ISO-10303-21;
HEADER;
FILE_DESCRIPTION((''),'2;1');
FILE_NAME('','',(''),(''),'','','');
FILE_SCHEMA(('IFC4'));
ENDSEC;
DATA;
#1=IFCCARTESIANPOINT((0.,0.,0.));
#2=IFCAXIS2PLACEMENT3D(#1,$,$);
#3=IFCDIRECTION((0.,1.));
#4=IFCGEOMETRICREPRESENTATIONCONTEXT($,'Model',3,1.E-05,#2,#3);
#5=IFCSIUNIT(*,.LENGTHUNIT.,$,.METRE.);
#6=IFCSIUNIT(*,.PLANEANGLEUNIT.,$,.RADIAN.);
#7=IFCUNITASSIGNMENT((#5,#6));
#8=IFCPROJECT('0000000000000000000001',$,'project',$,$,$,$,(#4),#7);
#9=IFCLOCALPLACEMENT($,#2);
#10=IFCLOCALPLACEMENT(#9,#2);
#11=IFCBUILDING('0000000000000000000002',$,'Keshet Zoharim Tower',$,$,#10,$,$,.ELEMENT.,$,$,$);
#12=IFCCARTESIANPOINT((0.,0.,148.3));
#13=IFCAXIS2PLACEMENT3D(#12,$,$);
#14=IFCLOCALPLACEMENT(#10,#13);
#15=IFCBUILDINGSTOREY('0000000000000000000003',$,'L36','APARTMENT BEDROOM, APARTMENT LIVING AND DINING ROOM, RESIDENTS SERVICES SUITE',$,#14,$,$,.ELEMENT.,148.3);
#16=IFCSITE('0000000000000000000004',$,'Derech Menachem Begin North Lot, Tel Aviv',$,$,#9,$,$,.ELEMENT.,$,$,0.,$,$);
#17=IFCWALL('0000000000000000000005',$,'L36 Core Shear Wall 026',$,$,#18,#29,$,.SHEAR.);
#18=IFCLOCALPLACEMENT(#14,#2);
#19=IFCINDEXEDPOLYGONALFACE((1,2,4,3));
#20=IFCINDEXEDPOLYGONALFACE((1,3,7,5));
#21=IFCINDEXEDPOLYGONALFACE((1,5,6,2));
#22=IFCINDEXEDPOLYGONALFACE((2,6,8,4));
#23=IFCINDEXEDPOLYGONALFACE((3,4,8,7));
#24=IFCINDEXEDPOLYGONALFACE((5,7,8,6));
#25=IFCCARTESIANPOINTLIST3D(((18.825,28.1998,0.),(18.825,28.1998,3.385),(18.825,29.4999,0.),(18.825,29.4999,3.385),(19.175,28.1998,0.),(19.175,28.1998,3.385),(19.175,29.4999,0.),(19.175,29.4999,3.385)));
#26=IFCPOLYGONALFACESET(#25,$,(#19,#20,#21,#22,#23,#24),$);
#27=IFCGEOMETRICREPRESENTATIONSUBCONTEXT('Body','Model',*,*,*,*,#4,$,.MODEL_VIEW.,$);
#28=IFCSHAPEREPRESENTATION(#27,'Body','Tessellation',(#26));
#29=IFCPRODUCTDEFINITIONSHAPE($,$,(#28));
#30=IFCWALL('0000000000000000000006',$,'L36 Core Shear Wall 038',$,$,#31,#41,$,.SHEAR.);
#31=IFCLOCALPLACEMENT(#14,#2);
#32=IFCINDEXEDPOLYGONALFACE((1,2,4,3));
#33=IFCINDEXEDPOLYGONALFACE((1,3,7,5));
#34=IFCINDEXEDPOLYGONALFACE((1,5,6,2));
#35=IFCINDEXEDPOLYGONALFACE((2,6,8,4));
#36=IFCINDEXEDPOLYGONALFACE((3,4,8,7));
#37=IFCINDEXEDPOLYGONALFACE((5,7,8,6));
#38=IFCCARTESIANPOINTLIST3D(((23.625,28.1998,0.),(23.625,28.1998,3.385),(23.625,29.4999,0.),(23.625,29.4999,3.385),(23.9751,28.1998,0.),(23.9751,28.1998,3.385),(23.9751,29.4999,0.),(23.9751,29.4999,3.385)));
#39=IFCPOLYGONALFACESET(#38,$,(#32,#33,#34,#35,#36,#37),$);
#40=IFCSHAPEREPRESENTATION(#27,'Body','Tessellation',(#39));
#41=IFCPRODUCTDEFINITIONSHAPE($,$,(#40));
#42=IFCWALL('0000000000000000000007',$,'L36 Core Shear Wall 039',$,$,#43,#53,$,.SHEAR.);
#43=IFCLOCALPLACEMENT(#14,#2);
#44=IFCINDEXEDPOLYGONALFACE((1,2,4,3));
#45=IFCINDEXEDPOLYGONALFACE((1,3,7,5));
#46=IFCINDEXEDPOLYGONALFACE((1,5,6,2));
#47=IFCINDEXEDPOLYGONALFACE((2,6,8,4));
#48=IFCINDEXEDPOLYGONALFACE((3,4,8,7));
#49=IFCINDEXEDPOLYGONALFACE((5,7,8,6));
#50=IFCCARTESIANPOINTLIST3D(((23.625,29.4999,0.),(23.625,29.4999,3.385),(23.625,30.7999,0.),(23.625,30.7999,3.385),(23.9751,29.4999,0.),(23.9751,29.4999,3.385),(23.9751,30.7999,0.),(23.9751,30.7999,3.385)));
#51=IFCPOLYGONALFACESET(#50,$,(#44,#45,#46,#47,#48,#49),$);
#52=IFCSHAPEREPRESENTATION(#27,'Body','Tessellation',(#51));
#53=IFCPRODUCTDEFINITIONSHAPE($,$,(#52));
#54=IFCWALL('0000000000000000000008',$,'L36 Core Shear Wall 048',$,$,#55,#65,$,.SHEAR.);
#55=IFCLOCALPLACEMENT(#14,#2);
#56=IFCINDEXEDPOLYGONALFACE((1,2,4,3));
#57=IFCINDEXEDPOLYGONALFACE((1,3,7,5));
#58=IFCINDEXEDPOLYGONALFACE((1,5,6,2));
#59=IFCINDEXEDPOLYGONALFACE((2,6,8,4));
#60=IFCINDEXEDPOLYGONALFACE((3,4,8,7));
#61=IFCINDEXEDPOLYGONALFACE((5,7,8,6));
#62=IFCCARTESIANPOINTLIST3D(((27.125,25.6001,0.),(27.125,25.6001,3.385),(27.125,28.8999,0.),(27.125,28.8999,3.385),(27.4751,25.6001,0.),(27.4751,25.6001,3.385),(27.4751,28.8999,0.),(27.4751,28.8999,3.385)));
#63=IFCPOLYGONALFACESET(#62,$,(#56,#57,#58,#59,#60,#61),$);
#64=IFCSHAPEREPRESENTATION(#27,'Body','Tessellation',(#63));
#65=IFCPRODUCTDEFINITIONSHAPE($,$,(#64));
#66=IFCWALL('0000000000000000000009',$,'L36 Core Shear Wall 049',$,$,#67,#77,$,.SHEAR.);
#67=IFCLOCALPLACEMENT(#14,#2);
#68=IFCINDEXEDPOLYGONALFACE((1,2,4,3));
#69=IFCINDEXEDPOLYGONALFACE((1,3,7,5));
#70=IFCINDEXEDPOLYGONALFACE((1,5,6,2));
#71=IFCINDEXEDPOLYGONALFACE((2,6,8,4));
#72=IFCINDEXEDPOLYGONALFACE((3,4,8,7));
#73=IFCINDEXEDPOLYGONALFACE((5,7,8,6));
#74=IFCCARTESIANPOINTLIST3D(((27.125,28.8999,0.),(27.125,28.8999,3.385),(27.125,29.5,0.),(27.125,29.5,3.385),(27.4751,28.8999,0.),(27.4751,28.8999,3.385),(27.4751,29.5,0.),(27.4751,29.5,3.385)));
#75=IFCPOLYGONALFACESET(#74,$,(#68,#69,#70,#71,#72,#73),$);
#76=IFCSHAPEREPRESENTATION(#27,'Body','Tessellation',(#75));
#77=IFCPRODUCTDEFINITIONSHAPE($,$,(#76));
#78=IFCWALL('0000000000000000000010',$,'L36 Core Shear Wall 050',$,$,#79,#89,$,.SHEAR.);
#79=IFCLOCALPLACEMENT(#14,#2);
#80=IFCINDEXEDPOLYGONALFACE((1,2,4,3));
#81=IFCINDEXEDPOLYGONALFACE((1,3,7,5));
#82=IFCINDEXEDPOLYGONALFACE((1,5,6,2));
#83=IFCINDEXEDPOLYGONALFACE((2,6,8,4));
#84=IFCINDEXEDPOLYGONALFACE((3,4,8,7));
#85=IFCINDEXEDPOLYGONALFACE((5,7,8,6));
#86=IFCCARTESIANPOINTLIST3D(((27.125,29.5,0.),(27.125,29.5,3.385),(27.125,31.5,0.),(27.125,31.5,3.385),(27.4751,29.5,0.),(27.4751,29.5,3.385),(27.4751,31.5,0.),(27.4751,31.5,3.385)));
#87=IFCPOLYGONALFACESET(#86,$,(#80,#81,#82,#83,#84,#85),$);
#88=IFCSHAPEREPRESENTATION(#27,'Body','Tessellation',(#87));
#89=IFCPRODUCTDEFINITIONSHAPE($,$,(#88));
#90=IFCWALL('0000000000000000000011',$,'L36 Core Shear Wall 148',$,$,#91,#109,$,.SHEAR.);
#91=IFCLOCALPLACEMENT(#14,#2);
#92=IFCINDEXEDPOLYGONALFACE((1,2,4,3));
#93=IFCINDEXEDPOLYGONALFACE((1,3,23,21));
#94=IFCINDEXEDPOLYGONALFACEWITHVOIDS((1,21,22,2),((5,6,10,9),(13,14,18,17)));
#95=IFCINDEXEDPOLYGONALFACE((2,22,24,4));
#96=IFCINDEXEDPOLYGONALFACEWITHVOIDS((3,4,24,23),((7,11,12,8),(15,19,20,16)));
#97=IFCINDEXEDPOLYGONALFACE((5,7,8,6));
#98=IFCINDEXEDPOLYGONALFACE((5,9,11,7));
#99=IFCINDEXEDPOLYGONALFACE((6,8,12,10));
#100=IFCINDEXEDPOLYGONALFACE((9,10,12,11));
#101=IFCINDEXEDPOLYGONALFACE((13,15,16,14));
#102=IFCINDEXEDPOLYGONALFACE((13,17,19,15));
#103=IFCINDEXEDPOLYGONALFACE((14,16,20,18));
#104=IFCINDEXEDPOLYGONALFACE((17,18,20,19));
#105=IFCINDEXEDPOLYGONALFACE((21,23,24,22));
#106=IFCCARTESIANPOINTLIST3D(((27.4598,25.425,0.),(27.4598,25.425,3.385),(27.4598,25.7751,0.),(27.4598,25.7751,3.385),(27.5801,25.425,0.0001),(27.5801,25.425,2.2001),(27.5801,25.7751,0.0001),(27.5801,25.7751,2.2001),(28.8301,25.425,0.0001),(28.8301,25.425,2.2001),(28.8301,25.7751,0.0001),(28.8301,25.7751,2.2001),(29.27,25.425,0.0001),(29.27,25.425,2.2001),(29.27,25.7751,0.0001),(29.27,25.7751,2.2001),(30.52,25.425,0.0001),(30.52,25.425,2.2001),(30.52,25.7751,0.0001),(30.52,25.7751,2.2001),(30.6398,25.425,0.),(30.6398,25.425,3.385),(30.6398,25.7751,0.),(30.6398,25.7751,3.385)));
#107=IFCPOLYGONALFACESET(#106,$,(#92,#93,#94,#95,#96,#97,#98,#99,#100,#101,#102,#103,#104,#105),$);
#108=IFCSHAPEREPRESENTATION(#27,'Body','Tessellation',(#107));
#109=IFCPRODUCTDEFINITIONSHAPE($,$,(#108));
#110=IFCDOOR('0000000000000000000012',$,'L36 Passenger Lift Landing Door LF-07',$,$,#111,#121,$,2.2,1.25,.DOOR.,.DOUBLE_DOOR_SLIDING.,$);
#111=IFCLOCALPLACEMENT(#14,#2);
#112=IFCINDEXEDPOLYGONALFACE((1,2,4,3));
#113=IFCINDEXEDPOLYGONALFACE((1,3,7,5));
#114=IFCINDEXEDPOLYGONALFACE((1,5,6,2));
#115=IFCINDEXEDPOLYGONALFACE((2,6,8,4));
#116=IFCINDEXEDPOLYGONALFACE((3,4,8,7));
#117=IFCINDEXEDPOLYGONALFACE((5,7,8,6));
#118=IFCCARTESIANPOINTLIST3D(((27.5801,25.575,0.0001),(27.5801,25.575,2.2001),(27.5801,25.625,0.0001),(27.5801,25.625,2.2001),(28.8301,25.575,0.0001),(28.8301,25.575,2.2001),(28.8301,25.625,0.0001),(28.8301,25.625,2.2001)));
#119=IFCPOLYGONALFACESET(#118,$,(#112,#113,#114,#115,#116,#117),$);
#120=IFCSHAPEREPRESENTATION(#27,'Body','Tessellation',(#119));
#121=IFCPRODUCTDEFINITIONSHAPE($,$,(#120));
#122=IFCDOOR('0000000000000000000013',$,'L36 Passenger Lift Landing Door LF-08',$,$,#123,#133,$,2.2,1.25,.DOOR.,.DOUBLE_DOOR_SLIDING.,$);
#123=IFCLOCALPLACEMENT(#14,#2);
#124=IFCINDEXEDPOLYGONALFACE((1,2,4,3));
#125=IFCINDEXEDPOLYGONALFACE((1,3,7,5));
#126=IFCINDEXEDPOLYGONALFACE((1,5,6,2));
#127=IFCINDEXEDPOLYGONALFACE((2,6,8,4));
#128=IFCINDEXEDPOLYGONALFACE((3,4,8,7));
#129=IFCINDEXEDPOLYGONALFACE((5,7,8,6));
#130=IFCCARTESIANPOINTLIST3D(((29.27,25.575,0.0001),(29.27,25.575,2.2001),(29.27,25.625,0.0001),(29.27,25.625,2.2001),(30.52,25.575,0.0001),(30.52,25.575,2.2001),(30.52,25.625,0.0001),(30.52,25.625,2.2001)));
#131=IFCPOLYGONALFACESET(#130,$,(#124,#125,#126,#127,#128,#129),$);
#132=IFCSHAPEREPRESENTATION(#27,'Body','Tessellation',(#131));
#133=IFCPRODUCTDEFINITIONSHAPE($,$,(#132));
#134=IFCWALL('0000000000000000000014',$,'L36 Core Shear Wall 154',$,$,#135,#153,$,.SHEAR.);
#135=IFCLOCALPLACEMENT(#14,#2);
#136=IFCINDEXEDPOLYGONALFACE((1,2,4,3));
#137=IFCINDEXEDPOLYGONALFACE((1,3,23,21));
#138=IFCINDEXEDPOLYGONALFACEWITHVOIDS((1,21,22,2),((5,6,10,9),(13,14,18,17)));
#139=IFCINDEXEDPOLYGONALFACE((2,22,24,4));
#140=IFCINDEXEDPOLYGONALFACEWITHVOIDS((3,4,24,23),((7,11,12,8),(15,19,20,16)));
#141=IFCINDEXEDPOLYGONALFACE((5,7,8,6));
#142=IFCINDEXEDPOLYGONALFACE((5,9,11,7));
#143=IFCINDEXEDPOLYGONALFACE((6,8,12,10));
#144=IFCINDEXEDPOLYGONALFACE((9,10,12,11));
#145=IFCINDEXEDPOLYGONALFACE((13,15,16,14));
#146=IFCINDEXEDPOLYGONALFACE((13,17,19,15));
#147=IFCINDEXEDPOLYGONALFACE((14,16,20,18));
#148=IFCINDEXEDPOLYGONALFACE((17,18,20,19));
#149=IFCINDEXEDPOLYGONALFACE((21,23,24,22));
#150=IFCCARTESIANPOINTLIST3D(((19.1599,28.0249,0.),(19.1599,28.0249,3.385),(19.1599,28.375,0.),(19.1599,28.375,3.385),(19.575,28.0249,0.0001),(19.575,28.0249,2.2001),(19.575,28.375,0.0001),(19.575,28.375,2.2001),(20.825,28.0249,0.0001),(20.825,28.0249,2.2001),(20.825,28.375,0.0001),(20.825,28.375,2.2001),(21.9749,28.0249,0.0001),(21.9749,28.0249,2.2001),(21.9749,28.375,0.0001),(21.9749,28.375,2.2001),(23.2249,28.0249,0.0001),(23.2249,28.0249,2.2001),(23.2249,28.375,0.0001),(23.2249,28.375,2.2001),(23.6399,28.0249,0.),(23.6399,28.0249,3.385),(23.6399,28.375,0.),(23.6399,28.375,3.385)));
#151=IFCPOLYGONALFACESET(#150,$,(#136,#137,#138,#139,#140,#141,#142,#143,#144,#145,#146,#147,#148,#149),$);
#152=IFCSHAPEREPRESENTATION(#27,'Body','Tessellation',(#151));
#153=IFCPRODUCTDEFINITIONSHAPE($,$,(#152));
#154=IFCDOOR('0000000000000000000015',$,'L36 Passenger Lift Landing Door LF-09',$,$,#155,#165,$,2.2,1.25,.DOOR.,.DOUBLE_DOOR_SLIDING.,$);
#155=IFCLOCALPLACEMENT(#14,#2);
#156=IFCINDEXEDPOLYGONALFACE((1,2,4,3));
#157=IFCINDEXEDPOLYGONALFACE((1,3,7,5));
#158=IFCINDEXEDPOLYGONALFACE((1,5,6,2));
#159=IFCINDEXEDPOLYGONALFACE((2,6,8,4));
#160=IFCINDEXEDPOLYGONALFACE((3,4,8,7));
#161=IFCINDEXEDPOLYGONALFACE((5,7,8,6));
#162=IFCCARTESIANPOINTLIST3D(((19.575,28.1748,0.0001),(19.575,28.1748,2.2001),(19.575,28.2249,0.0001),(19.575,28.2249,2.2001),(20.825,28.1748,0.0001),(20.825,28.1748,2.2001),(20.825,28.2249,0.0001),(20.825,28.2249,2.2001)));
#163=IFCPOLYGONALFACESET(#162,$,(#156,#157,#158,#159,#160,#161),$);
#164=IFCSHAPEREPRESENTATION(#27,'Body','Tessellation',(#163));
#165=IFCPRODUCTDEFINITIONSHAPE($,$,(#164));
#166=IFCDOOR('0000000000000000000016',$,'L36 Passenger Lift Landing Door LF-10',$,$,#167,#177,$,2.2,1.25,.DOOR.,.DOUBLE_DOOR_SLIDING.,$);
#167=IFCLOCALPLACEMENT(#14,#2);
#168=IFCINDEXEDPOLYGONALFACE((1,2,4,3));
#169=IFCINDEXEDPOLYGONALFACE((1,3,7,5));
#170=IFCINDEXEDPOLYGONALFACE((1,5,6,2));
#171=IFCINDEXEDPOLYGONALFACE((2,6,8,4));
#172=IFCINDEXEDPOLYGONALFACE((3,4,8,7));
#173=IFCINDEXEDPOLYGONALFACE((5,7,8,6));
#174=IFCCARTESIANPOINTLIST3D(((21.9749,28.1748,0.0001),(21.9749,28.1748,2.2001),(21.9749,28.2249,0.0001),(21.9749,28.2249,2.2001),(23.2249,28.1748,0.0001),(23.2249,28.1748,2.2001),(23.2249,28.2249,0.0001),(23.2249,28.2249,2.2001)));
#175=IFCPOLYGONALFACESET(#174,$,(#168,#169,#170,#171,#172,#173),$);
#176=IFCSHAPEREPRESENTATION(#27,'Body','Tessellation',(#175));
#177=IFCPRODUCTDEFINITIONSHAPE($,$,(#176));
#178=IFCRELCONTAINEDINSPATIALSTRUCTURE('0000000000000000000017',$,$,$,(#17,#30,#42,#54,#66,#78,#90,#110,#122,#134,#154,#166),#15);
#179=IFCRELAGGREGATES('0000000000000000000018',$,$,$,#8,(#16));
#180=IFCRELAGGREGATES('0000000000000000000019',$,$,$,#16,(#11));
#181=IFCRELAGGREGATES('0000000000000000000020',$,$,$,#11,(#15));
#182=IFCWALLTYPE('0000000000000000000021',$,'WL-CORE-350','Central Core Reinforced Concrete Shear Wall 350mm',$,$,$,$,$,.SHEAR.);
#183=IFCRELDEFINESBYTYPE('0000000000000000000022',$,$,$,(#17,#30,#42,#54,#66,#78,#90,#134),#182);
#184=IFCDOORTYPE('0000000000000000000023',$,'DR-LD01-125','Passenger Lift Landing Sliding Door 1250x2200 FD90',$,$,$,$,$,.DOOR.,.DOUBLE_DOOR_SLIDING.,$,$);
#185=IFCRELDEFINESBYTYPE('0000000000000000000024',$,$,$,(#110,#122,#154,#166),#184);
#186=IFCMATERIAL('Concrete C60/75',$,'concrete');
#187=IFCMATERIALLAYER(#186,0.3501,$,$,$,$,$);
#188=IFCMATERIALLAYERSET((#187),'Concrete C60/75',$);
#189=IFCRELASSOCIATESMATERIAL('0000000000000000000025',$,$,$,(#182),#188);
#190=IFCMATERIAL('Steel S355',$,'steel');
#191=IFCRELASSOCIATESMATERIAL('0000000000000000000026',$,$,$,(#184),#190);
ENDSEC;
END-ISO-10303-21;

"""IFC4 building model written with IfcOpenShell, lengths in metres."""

from ifc_helpers import new_model, si_unit, direction, frame, frame_2d, origin, place, context, subcontext, project, spatial, rectangle, extrude, material, layer, layer_set, type_object, element, fill, save


model = new_model("IFC4")

# Units and contexts
model_context = context("Model", 3, precision=1e-05, world=origin(), true_north=direction((0.0, 1.0)))
body_context = subcontext(model_context, "Body", "Model", "MODEL_VIEW")
ifc_project = project(units=[si_unit("LENGTHUNIT", "METRE"), si_unit("PLANEANGLEUNIT", "RADIAN")], contexts=[model_context])

# Site, building, storey
site_placement = place(None, origin())
site = spatial("IfcSite", under=ifc_project, at=site_placement, Name="Derech Menachem Begin North Lot, Tel Aviv", CompositionType="ELEMENT", RefElevation=0.0)
building_placement = place(site_placement, origin())
building = spatial("IfcBuilding", under=site, at=building_placement, Name="Keshet Zoharim Tower", CompositionType="ELEMENT")
storey_placement = place(building_placement, frame((0.0, 0.0, 148.3)))
storey = spatial("IfcBuildingStorey", under=building, at=storey_placement, Name="L36", Description="APARTMENT BEDROOM, APARTMENT LIVING AND DINING ROOM, RESIDENTS SERVICES SUITE", CompositionType="ELEMENT", Elevation=148.3)

# Wall
ifc_material_1 = material(Name="Concrete C60/75", Category="concrete")
ifc_layer_1 = layer(ifc_material_1, 0.3501)
ifc_layer_set_1 = layer_set([ifc_layer_1], Name="Concrete C60/75")
wall_type_1 = type_object("IfcWallType", Name="WL-CORE-350", Description="Central Core Reinforced Concrete Shear Wall 350mm", PredefinedType="SHEAR", material=ifc_layer_set_1)
wall_1_placement = place(storey_placement, frame((19.0, 28.2, 0.0), z_axis=(0.0, 0.0, 1.0), x_axis=(0.0, 1.0, 0.0)))
element("IfcWall", 1, at=wall_1_placement, inside=storey, type_object=wall_type_1, Name="L36 Core Shear Wall 026", PredefinedType="SHEAR", context=body_context, shape_type="SweptSolid", body=[
    extrude(rectangle(XDim=1.3, YDim=0.3501, at=frame_2d((0.6499, 0.0))), origin(), (0.0, 0.0, 1.0), 3.385),
])

# Walls
for number, where, z_axis, x_axis, name in (
    (2, (23.8, 28.2, 0.0), (0.0, 0.0, 1.0), (0.0, 1.0, 0.0), "L36 Core Shear Wall 038"),
    (3, (23.8, 29.5, 0.0), (0.0, 0.0, 1.0), (0.0, 1.0, 0.0), "L36 Core Shear Wall 039"),
):
    element("IfcWall", number, at=place(storey_placement, frame(where, z_axis=z_axis, x_axis=x_axis)), inside=storey, type_object=wall_type_1, Name=name, PredefinedType="SHEAR", context=body_context, shape_type="SweptSolid", body=[
        extrude(rectangle(XDim=1.3, YDim=0.3501, at=frame_2d((0.6499, 0.0))), origin(), (0.0, 0.0, 1.0), 3.385),
    ])
wall_2_placement = place(storey_placement, frame((27.3, 25.6001, 0.0), z_axis=(0.0, 0.0, 1.0), x_axis=(0.0, 1.0, 0.0)))
element("IfcWall", 4, at=wall_2_placement, inside=storey, type_object=wall_type_1, Name="L36 Core Shear Wall 048", PredefinedType="SHEAR", context=body_context, shape_type="SweptSolid", body=[
    extrude(rectangle(XDim=3.2998, YDim=0.3501, at=frame_2d((1.6499, 0.0))), origin(), (0.0, 0.0, 1.0), 3.385),
])
wall_3_placement = place(storey_placement, frame((27.3, 28.8999, 0.0), z_axis=(0.0, 0.0, 1.0), x_axis=(0.0, 1.0, 0.0)))
element("IfcWall", 5, at=wall_3_placement, inside=storey, type_object=wall_type_1, Name="L36 Core Shear Wall 049", PredefinedType="SHEAR", context=body_context, shape_type="SweptSolid", body=[
    extrude(rectangle(XDim=0.6001, YDim=0.3501, at=frame_2d((0.3, 0.0))), origin(), (0.0, 0.0, 1.0), 3.385),
])
wall_4_placement = place(storey_placement, frame((27.3, 29.5, 0.0), z_axis=(0.0, 0.0, 1.0), x_axis=(0.0, 1.0, 0.0)))
element("IfcWall", 6, at=wall_4_placement, inside=storey, type_object=wall_type_1, Name="L36 Core Shear Wall 050", PredefinedType="SHEAR", context=body_context, shape_type="SweptSolid", body=[
    extrude(rectangle(XDim=2.0, YDim=0.3501, at=frame_2d((1.0, 0.0))), origin(), (0.0, 0.0, 1.0), 3.385),
])

# Walls, openings, doors
wall_5_placement = place(storey_placement, frame((27.46, 25.6001, 0.0), z_axis=(0.0, 0.0, 1.0), x_axis=(1.0, 0.0, 0.0)))
wall_5 = element("IfcWall", 7, at=wall_5_placement, inside=storey, type_object=wall_type_1, Name="L36 Core Shear Wall 148", PredefinedType="SHEAR", context=body_context, shape_type="SweptSolid", body=[
    extrude(rectangle(XDim=3.1799, YDim=0.3501, at=frame_2d((1.5898, 0.0))), origin(), (0.0, 0.0, 1.0), 3.385),
])
opening_1_placement = place(wall_5_placement, frame((0.1201, 0.0, 0.0)))
opening_1 = element("IfcOpeningElement", 8, at=opening_1_placement, cuts=wall_5, PredefinedType="OPENING", context=body_context, shape_type="SweptSolid", body=[
    extrude(rectangle(XDim=1.25, YDim=2.2, at=frame_2d((0.625, 1.1001))), frame((0.0, 0.1851, 0.0), z_axis=(0.0, -1.0, 0.0), x_axis=(1.0, 0.0, 0.0)), (0.0, 0.0, 1.0), 0.3701),
])
opening_2_placement = place(wall_5_placement, frame((1.8101, 0.0, 0.0)))
opening_2 = element("IfcOpeningElement", 9, at=opening_2_placement, cuts=wall_5, PredefinedType="OPENING", context=body_context, shape_type="SweptSolid", body=[
    extrude(rectangle(XDim=1.25, YDim=2.2, at=frame_2d((0.625, 1.1001))), frame((0.0, 0.1851, 0.0), z_axis=(0.0, -1.0, 0.0), x_axis=(1.0, 0.0, 0.0)), (0.0, 0.0, 1.0), 0.3701),
])
ifc_material_2 = material(Name="Steel S355", Category="steel")
door_type_1 = type_object("IfcDoorType", Name="DR-LD01-125", Description="Passenger Lift Landing Sliding Door 1250x2200 FD90", OperationType="DOUBLE_DOOR_SLIDING", PredefinedType="DOOR", material=ifc_material_2)
door_1_placement = place(opening_1_placement, origin())
door_1 = element("IfcDoor", 10, at=door_1_placement, inside=storey, type_object=door_type_1, Name="L36 Passenger Lift Landing Door LF-07", OperationType="DOUBLE_DOOR_SLIDING", OverallHeight=2.2, OverallWidth=1.25, PredefinedType="DOOR", context=body_context, shape_type="SweptSolid", body=[
    extrude(rectangle(XDim=1.25, YDim=2.2, at=frame_2d((0.625, 1.1001))), frame((0.0, 0.0249, 0.0), z_axis=(0.0, -1.0, 0.0), x_axis=(1.0, 0.0, 0.0)), (0.0, 0.0, 1.0), 0.05),
])
fill(opening_1, door_1)
door_2_placement = place(opening_2_placement, origin())
door_2 = element("IfcDoor", 11, at=door_2_placement, inside=storey, type_object=door_type_1, Name="L36 Passenger Lift Landing Door LF-08", OperationType="DOUBLE_DOOR_SLIDING", OverallHeight=2.2, OverallWidth=1.25, PredefinedType="DOOR", context=body_context, shape_type="SweptSolid", body=[
    extrude(rectangle(XDim=1.25, YDim=2.2, at=frame_2d((0.625, 1.1001))), frame((0.0, 0.0249, 0.0), z_axis=(0.0, -1.0, 0.0), x_axis=(1.0, 0.0, 0.0)), (0.0, 0.0, 1.0), 0.05),
])
fill(opening_2, door_2)
wall_6_placement = place(storey_placement, frame((19.1599, 28.2, 0.0), z_axis=(0.0, 0.0, 1.0), x_axis=(1.0, 0.0, 0.0)))
wall_6 = element("IfcWall", 12, at=wall_6_placement, inside=storey, type_object=wall_type_1, Name="L36 Core Shear Wall 154", PredefinedType="SHEAR", context=body_context, shape_type="SweptSolid", body=[
    extrude(rectangle(XDim=4.48, YDim=0.3501, at=frame_2d((2.24, 0.0))), origin(), (0.0, 0.0, 1.0), 3.385),
])
opening_3_placement = place(wall_6_placement, frame((0.415, 0.0, 0.0)))
opening_3 = element("IfcOpeningElement", 13, at=opening_3_placement, cuts=wall_6, PredefinedType="OPENING", context=body_context, shape_type="SweptSolid", body=[
    extrude(rectangle(XDim=1.25, YDim=2.2, at=frame_2d((0.625, 1.1001))), frame((0.0, 0.1851, 0.0), z_axis=(0.0, -1.0, 0.0), x_axis=(1.0, 0.0, 0.0)), (0.0, 0.0, 1.0), 0.3701),
])
opening_4_placement = place(wall_6_placement, frame((2.8149, 0.0, 0.0)))
opening_4 = element("IfcOpeningElement", 14, at=opening_4_placement, cuts=wall_6, PredefinedType="OPENING", context=body_context, shape_type="SweptSolid", body=[
    extrude(rectangle(XDim=1.25, YDim=2.2, at=frame_2d((0.625, 1.1001))), frame((0.0, 0.1851, 0.0), z_axis=(0.0, -1.0, 0.0), x_axis=(1.0, 0.0, 0.0)), (0.0, 0.0, 1.0), 0.3701),
])
door_3_placement = place(opening_3_placement, origin())
door_3 = element("IfcDoor", 15, at=door_3_placement, inside=storey, type_object=door_type_1, Name="L36 Passenger Lift Landing Door LF-09", OperationType="DOUBLE_DOOR_SLIDING", OverallHeight=2.2, OverallWidth=1.25, PredefinedType="DOOR", context=body_context, shape_type="SweptSolid", body=[
    extrude(rectangle(XDim=1.25, YDim=2.2, at=frame_2d((0.625, 1.1001))), frame((0.0, 0.0249, 0.0), z_axis=(0.0, -1.0, 0.0), x_axis=(1.0, 0.0, 0.0)), (0.0, 0.0, 1.0), 0.05),
])
fill(opening_3, door_3)
door_4_placement = place(opening_4_placement, origin())
door_4 = element("IfcDoor", 16, at=door_4_placement, inside=storey, type_object=door_type_1, Name="L36 Passenger Lift Landing Door LF-10", OperationType="DOUBLE_DOOR_SLIDING", OverallHeight=2.2, OverallWidth=1.25, PredefinedType="DOOR", context=body_context, shape_type="SweptSolid", body=[
    extrude(rectangle(XDim=1.25, YDim=2.2, at=frame_2d((0.625, 1.1001))), frame((0.0, 0.0249, 0.0), z_axis=(0.0, -1.0, 0.0), x_axis=(1.0, 0.0, 0.0)), (0.0, 0.0, 1.0), 0.05),
])
fill(opening_4, door_4)

save(model, "model.ifc")
